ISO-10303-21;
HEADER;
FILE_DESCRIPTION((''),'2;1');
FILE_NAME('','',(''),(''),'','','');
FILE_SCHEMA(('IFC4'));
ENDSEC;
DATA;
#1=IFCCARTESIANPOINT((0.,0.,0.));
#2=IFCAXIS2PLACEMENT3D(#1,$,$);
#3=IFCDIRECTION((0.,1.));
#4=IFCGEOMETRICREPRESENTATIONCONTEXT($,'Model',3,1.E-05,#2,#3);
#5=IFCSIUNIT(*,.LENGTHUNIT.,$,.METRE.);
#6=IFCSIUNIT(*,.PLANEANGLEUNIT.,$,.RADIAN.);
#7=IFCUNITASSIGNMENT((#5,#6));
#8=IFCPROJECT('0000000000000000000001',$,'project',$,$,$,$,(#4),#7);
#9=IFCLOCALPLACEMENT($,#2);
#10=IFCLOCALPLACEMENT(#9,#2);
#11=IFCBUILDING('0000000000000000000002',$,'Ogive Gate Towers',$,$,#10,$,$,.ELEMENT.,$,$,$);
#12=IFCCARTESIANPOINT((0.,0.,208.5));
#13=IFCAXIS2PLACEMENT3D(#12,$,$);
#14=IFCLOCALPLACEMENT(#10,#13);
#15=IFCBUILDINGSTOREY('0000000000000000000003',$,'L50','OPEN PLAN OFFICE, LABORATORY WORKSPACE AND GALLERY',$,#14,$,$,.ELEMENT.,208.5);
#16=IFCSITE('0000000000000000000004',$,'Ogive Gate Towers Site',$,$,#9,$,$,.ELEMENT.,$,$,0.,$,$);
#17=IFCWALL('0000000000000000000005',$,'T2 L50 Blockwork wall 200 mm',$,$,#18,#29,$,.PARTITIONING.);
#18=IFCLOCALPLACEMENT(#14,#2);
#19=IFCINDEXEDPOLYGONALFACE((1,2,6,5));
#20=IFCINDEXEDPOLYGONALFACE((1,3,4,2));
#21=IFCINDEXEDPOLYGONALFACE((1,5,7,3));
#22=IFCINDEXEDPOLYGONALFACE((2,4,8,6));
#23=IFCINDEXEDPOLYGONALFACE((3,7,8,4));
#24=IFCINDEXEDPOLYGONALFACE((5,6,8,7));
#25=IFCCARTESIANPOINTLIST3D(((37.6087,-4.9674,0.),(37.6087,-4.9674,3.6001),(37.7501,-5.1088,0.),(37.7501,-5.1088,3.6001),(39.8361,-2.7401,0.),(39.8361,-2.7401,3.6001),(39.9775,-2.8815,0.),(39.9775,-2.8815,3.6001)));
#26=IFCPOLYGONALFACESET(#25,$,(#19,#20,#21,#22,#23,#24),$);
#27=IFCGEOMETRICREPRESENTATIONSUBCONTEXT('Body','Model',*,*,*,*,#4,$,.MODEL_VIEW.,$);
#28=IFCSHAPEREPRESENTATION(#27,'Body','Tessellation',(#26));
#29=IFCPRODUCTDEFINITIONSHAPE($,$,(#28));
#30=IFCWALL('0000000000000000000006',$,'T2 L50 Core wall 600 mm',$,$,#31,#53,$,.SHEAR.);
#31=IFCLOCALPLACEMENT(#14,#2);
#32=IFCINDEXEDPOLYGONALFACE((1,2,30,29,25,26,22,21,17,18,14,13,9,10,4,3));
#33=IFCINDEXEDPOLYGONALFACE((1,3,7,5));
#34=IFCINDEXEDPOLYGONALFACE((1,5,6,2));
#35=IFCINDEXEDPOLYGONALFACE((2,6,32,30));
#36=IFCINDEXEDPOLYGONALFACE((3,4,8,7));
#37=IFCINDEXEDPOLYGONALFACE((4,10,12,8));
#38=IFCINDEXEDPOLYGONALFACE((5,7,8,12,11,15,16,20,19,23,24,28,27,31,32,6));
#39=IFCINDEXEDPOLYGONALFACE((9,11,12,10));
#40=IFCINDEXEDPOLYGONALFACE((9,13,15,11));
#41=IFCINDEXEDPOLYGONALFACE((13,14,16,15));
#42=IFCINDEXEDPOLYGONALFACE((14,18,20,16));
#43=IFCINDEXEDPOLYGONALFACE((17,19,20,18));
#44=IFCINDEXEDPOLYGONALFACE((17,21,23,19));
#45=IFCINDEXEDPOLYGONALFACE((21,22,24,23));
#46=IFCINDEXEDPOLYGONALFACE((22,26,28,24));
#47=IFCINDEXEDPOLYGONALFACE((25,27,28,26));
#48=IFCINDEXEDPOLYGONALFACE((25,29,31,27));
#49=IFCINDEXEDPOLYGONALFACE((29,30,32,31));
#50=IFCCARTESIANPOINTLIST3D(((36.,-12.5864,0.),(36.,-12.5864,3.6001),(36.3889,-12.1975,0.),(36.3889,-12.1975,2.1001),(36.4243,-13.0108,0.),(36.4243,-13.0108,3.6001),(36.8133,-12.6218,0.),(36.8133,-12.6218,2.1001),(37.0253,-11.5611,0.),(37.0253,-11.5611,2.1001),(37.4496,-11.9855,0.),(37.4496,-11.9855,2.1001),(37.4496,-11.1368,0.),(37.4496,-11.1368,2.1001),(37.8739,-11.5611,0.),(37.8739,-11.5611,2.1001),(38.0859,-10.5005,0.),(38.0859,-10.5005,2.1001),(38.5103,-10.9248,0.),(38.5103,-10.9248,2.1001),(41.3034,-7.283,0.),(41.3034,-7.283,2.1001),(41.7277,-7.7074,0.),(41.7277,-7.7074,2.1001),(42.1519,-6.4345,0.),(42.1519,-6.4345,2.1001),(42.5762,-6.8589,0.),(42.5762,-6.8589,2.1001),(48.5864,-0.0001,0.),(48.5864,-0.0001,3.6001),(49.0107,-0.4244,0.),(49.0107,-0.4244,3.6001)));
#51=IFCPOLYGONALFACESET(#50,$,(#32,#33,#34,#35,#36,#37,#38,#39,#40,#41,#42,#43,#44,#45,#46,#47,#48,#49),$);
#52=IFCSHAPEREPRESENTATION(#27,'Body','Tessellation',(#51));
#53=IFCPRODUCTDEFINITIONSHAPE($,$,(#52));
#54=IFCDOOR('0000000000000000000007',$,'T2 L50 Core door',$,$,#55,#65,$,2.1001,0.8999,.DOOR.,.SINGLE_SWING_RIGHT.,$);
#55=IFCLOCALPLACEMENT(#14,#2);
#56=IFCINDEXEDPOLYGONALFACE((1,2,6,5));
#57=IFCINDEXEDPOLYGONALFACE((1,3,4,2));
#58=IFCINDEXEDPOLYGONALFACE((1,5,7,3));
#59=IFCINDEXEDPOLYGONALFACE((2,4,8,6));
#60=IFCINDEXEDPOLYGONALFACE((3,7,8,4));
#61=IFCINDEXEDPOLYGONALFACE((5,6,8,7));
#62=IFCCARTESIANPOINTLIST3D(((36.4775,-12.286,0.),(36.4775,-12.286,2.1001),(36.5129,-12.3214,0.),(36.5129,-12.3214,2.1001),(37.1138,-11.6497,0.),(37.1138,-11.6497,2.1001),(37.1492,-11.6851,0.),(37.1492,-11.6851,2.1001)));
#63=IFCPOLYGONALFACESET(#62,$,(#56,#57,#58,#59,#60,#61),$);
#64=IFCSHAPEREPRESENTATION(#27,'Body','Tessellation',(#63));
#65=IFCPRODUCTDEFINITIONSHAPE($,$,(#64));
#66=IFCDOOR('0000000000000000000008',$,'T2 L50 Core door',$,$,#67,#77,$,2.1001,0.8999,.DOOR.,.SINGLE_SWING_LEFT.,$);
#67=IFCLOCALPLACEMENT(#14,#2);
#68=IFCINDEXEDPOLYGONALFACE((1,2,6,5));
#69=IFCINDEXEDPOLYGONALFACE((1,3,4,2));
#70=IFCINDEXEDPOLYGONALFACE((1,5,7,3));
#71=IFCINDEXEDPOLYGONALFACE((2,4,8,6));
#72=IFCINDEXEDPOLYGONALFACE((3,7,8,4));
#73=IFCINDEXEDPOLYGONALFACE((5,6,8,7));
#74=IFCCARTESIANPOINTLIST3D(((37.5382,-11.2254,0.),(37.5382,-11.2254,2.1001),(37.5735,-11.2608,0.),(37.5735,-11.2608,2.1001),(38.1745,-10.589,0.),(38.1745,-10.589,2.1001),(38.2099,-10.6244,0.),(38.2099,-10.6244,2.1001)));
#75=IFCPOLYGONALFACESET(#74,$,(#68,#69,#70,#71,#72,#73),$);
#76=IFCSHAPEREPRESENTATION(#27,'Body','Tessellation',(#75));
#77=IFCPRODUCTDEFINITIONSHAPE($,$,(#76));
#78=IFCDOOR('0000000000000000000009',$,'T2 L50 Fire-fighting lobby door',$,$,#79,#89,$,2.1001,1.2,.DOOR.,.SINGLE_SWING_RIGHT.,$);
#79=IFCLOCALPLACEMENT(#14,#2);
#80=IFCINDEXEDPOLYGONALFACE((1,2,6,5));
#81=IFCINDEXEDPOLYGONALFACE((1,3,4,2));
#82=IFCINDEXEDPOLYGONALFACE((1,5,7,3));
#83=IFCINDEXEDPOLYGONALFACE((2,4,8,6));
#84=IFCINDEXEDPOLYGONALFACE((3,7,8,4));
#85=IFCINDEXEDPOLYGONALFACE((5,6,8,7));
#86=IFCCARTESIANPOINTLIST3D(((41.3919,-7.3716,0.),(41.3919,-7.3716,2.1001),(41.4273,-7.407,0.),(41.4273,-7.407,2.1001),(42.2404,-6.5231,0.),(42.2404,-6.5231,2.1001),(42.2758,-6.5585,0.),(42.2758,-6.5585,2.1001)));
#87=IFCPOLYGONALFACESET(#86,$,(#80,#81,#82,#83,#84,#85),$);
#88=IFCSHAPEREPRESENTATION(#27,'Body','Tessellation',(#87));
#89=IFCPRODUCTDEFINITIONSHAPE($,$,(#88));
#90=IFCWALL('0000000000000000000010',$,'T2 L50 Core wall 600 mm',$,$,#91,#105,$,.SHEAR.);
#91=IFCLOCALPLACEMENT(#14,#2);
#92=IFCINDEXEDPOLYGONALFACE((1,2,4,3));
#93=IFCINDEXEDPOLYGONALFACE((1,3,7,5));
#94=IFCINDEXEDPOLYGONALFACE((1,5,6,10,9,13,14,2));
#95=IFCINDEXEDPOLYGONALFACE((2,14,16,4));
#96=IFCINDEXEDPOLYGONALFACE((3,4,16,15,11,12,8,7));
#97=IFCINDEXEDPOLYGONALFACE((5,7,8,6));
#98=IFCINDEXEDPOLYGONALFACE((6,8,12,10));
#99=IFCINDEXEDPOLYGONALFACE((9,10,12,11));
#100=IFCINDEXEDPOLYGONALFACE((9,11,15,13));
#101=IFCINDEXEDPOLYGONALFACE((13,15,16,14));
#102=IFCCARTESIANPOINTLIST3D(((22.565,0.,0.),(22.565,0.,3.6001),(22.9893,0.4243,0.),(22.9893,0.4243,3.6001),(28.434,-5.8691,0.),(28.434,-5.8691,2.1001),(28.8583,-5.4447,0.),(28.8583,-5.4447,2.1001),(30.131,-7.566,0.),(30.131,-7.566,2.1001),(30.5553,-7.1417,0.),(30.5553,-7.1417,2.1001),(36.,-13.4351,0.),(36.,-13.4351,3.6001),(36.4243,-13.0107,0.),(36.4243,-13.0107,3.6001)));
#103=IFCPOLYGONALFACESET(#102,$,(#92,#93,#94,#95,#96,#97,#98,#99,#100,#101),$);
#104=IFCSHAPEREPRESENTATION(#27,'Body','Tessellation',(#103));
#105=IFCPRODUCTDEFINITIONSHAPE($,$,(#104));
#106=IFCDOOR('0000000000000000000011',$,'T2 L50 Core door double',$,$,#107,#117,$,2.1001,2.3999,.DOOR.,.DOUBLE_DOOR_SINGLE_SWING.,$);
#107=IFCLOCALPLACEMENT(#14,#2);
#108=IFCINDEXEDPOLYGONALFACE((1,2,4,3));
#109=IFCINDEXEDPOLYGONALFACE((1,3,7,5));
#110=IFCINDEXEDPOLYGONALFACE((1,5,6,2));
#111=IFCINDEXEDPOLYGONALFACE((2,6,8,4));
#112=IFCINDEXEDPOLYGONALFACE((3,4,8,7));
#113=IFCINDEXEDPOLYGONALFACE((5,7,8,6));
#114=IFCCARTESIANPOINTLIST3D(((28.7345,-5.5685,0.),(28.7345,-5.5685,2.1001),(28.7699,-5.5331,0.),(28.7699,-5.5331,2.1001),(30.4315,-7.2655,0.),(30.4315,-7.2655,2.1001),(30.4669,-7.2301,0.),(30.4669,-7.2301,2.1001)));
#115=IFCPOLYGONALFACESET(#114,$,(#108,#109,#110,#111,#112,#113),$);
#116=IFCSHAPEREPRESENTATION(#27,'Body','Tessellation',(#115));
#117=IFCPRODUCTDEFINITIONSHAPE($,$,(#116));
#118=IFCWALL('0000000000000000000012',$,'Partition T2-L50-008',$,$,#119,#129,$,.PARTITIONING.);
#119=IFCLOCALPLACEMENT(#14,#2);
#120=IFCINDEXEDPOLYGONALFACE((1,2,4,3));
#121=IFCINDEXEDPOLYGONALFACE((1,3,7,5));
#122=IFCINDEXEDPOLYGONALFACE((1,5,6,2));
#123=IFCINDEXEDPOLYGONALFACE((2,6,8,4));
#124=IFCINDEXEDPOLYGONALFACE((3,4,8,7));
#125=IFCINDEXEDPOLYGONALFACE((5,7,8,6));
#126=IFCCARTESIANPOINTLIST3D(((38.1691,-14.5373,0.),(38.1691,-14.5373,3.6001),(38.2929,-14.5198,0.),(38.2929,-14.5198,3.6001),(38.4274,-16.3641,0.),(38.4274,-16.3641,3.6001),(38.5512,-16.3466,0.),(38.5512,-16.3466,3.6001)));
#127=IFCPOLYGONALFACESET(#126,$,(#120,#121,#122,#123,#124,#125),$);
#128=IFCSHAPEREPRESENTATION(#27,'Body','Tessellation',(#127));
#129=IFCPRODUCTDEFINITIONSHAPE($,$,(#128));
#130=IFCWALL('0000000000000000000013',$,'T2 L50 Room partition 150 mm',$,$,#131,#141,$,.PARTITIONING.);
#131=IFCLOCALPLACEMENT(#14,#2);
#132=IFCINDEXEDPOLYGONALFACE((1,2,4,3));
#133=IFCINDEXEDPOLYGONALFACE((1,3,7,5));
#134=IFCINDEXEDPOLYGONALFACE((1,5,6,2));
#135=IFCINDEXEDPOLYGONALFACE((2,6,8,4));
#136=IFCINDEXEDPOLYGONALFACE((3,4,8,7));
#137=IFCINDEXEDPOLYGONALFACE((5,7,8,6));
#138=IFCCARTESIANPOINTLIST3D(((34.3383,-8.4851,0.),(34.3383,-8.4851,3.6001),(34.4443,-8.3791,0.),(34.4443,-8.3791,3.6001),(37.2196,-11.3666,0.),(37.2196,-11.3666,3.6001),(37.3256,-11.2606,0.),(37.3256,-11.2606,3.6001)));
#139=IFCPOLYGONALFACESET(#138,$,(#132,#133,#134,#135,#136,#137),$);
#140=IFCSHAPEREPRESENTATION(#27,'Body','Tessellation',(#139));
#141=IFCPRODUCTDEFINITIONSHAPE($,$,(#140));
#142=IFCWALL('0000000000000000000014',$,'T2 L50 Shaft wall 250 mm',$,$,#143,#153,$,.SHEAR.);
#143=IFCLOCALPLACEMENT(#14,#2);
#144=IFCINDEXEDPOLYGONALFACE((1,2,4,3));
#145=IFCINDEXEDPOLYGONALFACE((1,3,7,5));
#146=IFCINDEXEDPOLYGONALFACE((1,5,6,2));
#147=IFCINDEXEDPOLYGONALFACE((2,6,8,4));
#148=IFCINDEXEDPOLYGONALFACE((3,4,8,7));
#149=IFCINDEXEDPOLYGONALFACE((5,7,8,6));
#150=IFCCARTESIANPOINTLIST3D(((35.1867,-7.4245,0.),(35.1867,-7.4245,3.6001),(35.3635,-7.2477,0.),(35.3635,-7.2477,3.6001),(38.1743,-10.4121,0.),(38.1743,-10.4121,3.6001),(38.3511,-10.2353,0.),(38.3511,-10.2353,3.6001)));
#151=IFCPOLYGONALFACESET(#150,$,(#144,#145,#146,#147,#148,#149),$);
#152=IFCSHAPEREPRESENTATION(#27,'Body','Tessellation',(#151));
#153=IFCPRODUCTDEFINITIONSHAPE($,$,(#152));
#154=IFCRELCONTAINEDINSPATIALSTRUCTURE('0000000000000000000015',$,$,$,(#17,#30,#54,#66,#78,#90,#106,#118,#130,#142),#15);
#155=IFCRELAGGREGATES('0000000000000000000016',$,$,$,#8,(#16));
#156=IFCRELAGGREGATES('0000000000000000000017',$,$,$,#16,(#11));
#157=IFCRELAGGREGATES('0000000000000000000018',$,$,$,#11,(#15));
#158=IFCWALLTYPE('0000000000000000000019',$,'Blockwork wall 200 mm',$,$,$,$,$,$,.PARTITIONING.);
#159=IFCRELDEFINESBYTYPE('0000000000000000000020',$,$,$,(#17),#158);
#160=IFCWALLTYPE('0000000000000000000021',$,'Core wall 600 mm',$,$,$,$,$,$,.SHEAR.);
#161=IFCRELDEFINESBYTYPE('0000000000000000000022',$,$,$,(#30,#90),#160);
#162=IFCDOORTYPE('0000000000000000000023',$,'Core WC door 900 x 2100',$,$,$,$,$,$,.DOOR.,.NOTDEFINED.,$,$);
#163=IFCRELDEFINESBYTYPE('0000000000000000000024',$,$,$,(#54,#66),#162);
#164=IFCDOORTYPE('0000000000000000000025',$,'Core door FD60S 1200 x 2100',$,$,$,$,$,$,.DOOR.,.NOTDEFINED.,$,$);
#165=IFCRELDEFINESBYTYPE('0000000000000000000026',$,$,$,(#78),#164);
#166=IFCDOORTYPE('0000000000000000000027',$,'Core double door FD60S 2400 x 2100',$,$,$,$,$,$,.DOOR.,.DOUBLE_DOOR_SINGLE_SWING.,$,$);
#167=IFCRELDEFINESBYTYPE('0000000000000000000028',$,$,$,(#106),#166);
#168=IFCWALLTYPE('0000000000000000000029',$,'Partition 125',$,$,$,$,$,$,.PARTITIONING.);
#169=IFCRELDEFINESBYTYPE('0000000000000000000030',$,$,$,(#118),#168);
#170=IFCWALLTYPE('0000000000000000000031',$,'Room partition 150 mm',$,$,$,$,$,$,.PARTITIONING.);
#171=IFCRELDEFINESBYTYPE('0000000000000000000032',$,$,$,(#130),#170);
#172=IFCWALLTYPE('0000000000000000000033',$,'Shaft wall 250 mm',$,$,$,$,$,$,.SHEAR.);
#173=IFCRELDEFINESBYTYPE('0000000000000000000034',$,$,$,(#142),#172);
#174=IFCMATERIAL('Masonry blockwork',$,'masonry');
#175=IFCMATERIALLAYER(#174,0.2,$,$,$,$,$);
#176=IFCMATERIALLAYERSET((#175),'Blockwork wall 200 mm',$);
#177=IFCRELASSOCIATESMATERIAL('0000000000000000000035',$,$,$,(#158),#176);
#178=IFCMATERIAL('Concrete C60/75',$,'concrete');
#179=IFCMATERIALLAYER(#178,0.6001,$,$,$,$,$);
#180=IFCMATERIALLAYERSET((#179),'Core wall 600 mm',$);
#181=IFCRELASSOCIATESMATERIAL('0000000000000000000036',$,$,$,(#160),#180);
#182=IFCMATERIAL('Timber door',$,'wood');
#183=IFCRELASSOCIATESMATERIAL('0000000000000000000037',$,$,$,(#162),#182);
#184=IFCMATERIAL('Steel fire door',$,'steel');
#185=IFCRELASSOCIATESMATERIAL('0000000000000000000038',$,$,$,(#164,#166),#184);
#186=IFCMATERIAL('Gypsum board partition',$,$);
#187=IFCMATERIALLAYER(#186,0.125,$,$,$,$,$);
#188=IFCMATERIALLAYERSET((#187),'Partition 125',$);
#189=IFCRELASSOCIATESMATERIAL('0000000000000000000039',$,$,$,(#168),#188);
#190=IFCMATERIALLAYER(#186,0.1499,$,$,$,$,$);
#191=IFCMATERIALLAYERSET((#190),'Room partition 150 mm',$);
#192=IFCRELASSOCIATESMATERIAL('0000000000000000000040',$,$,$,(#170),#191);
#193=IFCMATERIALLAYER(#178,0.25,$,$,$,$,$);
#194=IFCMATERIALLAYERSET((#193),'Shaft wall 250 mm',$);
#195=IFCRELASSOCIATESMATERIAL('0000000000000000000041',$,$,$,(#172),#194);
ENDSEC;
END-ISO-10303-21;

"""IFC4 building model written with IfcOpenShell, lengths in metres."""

from ifc_helpers import new_model, si_unit, direction, frame, frame_2d, origin, place, context, subcontext, project, spatial, rectangle, extrude, material, layer, layer_set, type_object, element, fill, save


model = new_model("IFC4")

# Units and contexts
model_context = context("Model", 3, precision=1e-05, world=origin(), true_north=direction((0.0, 1.0)))
body_context = subcontext(model_context, "Body", "Model", "MODEL_VIEW")
ifc_project = project(units=[si_unit("LENGTHUNIT", "METRE"), si_unit("PLANEANGLEUNIT", "RADIAN")], contexts=[model_context])

# Site, building, storey
site_placement = place(None, origin())
site = spatial("IfcSite", under=ifc_project, at=site_placement, Name="Ogive Gate Towers Site", CompositionType="ELEMENT", RefElevation=0.0)
building_placement = place(site_placement, origin())
building = spatial("IfcBuilding", under=site, at=building_placement, Name="Ogive Gate Towers", CompositionType="ELEMENT")
storey_placement = place(building_placement, frame((0.0, 0.0, 208.5)))
storey = spatial("IfcBuildingStorey", under=building, at=storey_placement, Name="L50", Description="OPEN PLAN OFFICE, LABORATORY WORKSPACE AND GALLERY", CompositionType="ELEMENT", Elevation=208.5)

# Wall
ifc_material_1 = material(Name="Masonry blockwork", Category="masonry")
ifc_layer_1 = layer(ifc_material_1, 0.2)
ifc_layer_set_1 = layer_set([ifc_layer_1], Name="Blockwork wall 200 mm")
wall_type_1 = type_object("IfcWallType", Name="Blockwork wall 200 mm", PredefinedType="PARTITIONING", material=ifc_layer_set_1)
wall_1_placement = place(storey_placement, frame((37.6794, -5.0381, 0.0), z_axis=(0.0, 0.0, 1.0), x_axis=(0.707107, 0.707107, 0.0)))
element("IfcWall", 1, at=wall_1_placement, inside=storey, type_object=wall_type_1, Name="T2 L50 Blockwork wall 200 mm", PredefinedType="PARTITIONING", context=body_context, shape_type="SweptSolid", body=[
    extrude(rectangle(XDim=3.1499, YDim=0.2, at=frame_2d((1.575, 0.0))), origin(), (0.0, 0.0, 1.0), 3.6001),
])

# Wall, openings, doors
ifc_material_2 = material(Name="Concrete C60/75", Category="concrete")
ifc_layer_2 = layer(ifc_material_2, 0.6001)
ifc_layer_set_2 = layer_set([ifc_layer_2], Name="Core wall 600 mm")
wall_type_2 = type_object("IfcWallType", Name="Core wall 600 mm", PredefinedType="SHEAR", material=ifc_layer_set_2)
wall_2_placement = place(storey_placement, frame((36.2122, -12.7986, 0.0), z_axis=(0.0, 0.0, 1.0), x_axis=(0.707107, 0.707107, 0.0)))
wall_2 = element("IfcWall", 2, at=wall_2_placement, inside=storey, type_object=wall_type_2, Name="T2 L50 Core wall 600 mm", PredefinedType="SHEAR", context=body_context, shape_type="SweptSolid", body=[
    extrude(rectangle(XDim=17.7998, YDim=0.6001, at=frame_2d((8.8999, 0.0))), origin(), (0.0, 0.0, 1.0), 3.6001),
])
opening_1_placement = place(wall_2_placement, frame((7.5, 0.0, 0.0)))
opening_1 = element("IfcOpeningElement", 3, at=opening_1_placement, cuts=wall_2, PredefinedType="OPENING", context=body_context, shape_type="SweptSolid", body=[
    extrude(rectangle(XDim=1.2, YDim=2.1001, at=frame_2d((0.6001, 1.05))), frame((0.0, 0.3101, 0.0), z_axis=(0.0, -1.0, 0.0), x_axis=(1.0, 0.0, 0.0)), (0.0, 0.0, 1.0), 0.6201),
])
opening_2_placement = place(wall_2_placement, frame((0.55, 0.0, 0.0)))
opening_2 = element("IfcOpeningElement", 4, at=opening_2_placement, cuts=wall_2, PredefinedType="OPENING", context=body_context, shape_type="SweptSolid", body=[
    extrude(rectangle(XDim=0.8999, YDim=2.1001, at=frame_2d((0.45, 1.05))), frame((0.0, 0.3101, 0.0), z_axis=(0.0, -1.0, 0.0), x_axis=(1.0, 0.0, 0.0)), (0.0, 0.0, 1.0), 0.6201),
])
opening_3_placement = place(wall_2_placement, frame((2.05, 0.0, 0.0)))
opening_3 = element("IfcOpeningElement", 5, at=opening_3_placement, cuts=wall_2, PredefinedType="OPENING", context=body_context, shape_type="SweptSolid", body=[
    extrude(rectangle(XDim=0.8999, YDim=2.1001, at=frame_2d((0.45, 1.05))), frame((0.0, 0.3101, 0.0), z_axis=(0.0, -1.0, 0.0), x_axis=(1.0, 0.0, 0.0)), (0.0, 0.0, 1.0), 0.6201),
])
ifc_material_3 = material(Name="Timber door", Category="wood")
door_type_1 = type_object("IfcDoorType", Name="Core WC door 900 x 2100", OperationType="NOTDEFINED", PredefinedType="DOOR", material=ifc_material_3)
door_1_placement = place(opening_2_placement, origin())
door_1 = element("IfcDoor", 6, at=door_1_placement, inside=storey, type_object=door_type_1, Name="T2 L50 Core door", OperationType="SINGLE_SWING_RIGHT", OverallHeight=2.1001, OverallWidth=0.8999, PredefinedType="DOOR", context=body_context, shape_type="SweptSolid", body=[
    extrude(rectangle(XDim=0.8999, YDim=2.1001, at=frame_2d((0.45, 1.05))), frame((0.0, 0.1748, 0.0), z_axis=(0.0, -1.0, 0.0), x_axis=(1.0, 0.0, 0.0)), (0.0, 0.0, 1.0), 0.05),
])
fill(opening_2, door_1)
door_2_placement = place(opening_3_placement, origin())
door_2 = element("IfcDoor", 7, at=door_2_placement, inside=storey, type_object=door_type_1, Name="T2 L50 Core door", OperationType="SINGLE_SWING_LEFT", OverallHeight=2.1001, OverallWidth=0.8999, PredefinedType="DOOR", context=body_context, shape_type="SweptSolid", body=[
    extrude(rectangle(XDim=0.8999, YDim=2.1001, at=frame_2d((0.45, 1.05))), frame((0.0, 0.1748, 0.0), z_axis=(0.0, -1.0, 0.0), x_axis=(1.0, 0.0, 0.0)), (0.0, 0.0, 1.0), 0.05),
])
fill(opening_3, door_2)
ifc_material_4 = material(Name="Steel fire door", Category="steel")
door_type_2 = type_object("IfcDoorType", Name="Core door FD60S 1200 x 2100", OperationType="NOTDEFINED", PredefinedType="DOOR", material=ifc_material_4)
door_3_placement = place(opening_1_placement, origin())
door_3 = element("IfcDoor", 8, at=door_3_placement, inside=storey, type_object=door_type_2, Name="T2 L50 Fire-fighting lobby door", OperationType="SINGLE_SWING_RIGHT", OverallHeight=2.1001, OverallWidth=1.2, PredefinedType="DOOR", context=body_context, shape_type="SweptSolid", body=[
    extrude(rectangle(XDim=1.2, YDim=2.1001, at=frame_2d((0.6001, 1.05))), frame((0.0, 0.1748, 0.0), z_axis=(0.0, -1.0, 0.0), x_axis=(1.0, 0.0, 0.0)), (0.0, 0.0, 1.0), 0.05),
])
fill(opening_1, door_3)

# Wall, opening, door
wall_3_placement = place(storey_placement, frame((36.2122, -13.2229, 0.0), z_axis=(0.0, 0.0, 1.0), x_axis=(-0.707107, 0.707107, 0.0)))
wall_3 = element("IfcWall", 9, at=wall_3_placement, inside=storey, type_object=wall_type_2, Name="T2 L50 Core wall 600 mm", PredefinedType="SHEAR", context=body_context, shape_type="SweptSolid", body=[
    extrude(rectangle(XDim=19.0, YDim=0.6001, at=frame_2d((9.5, 0.0))), origin(), (0.0, 0.0, 1.0), 3.6001),
])
opening_4_placement = place(wall_3_placement, frame((8.3, 0.0, 0.0)))
opening_4 = element("IfcOpeningElement", 10, at=opening_4_placement, cuts=wall_3, PredefinedType="OPENING", context=body_context, shape_type="SweptSolid", body=[
    extrude(rectangle(XDim=2.3999, YDim=2.1001, at=frame_2d((1.2, 1.05))), frame((0.0, 0.3101, 0.0), z_axis=(0.0, -1.0, 0.0), x_axis=(1.0, 0.0, 0.0)), (0.0, 0.0, 1.0), 0.6201),
])
door_type_3 = type_object("IfcDoorType", Name="Core double door FD60S 2400 x 2100", OperationType="DOUBLE_DOOR_SINGLE_SWING", PredefinedType="DOOR", material=ifc_material_4)
door_4_placement = place(opening_4_placement, origin())
door_4 = element("IfcDoor", 11, at=door_4_placement, inside=storey, type_object=door_type_3, Name="T2 L50 Core door double", OperationType="DOUBLE_DOOR_SINGLE_SWING", OverallHeight=2.1001, OverallWidth=2.3999, PredefinedType="DOOR", context=body_context, shape_type="SweptSolid", body=[
    extrude(rectangle(XDim=2.3999, YDim=2.1001, at=frame_2d((1.2, 1.05))), frame((0.0, -0.125, 0.0), z_axis=(0.0, -1.0, 0.0), x_axis=(1.0, 0.0, 0.0)), (0.0, 0.0, 1.0), 0.05),
])
fill(opening_4, door_4)

# Walls
ifc_material_5 = material(Name="Gypsum board partition")
ifc_layer_3 = layer(ifc_material_5, 0.125)
ifc_layer_set_3 = layer_set([ifc_layer_3], Name="Partition 125")
wall_type_3 = type_object("IfcWallType", Name="Partition 125", PredefinedType="PARTITIONING", material=ifc_layer_set_3)
wall_4_placement = place(storey_placement, frame((38.4893, -16.3552, 0.0), z_axis=(0.0, 0.0, 1.0), x_axis=(-0.139995, 0.990152, 0.0)))
element("IfcWall", 12, at=wall_4_placement, inside=storey, type_object=wall_type_3, Name="Partition T2-L50-008", PredefinedType="PARTITIONING", context=body_context, shape_type="SweptSolid", body=[
    extrude(rectangle(XDim=1.845, YDim=0.125, at=frame_2d((0.9224, 0.0))), origin(), (0.0, 0.0, 1.0), 3.6001),
])
ifc_layer_4 = layer(ifc_material_5, 0.1499)
ifc_layer_set_4 = layer_set([ifc_layer_4], Name="Room partition 150 mm")
wall_type_4 = type_object("IfcWallType", Name="Room partition 150 mm", PredefinedType="PARTITIONING", material=ifc_layer_set_4)
wall_5_placement = place(storey_placement, frame((37.2727, -11.3137, 0.0), z_axis=(0.0, 0.0, 1.0), x_axis=(-0.707077, 0.707137, 0.0)))
element("IfcWall", 13, at=wall_5_placement, inside=storey, type_object=wall_type_4, Name="T2 L50 Room partition 150 mm", PredefinedType="PARTITIONING", context=body_context, shape_type="SweptSolid", body=[
    extrude(rectangle(XDim=4.075, YDim=0.1499, at=frame_2d((2.0376, 0.0))), origin(), (0.0, 0.0, 1.0), 3.6001),
])
ifc_layer_5 = layer(ifc_material_2, 0.25)
ifc_layer_set_5 = layer_set([ifc_layer_5], Name="Shaft wall 250 mm")
wall_type_5 = type_object("IfcWallType", Name="Shaft wall 250 mm", PredefinedType="SHEAR", material=ifc_layer_set_5)
wall_6_placement = place(storey_placement, frame((38.2627, -10.3237, 0.0), z_axis=(0.0, 0.0, 1.0), x_axis=(-0.707107, 0.707107, 0.0)))
element("IfcWall", 14, at=wall_6_placement, inside=storey, type_object=wall_type_5, Name="T2 L50 Shaft wall 250 mm", PredefinedType="SHEAR", context=body_context, shape_type="SweptSolid", body=[
    extrude(rectangle(XDim=4.2251, YDim=0.25, at=frame_2d((2.1125, 0.0))), origin(), (0.0, 0.0, 1.0), 3.6001),
])

save(model, "model.ifc")
